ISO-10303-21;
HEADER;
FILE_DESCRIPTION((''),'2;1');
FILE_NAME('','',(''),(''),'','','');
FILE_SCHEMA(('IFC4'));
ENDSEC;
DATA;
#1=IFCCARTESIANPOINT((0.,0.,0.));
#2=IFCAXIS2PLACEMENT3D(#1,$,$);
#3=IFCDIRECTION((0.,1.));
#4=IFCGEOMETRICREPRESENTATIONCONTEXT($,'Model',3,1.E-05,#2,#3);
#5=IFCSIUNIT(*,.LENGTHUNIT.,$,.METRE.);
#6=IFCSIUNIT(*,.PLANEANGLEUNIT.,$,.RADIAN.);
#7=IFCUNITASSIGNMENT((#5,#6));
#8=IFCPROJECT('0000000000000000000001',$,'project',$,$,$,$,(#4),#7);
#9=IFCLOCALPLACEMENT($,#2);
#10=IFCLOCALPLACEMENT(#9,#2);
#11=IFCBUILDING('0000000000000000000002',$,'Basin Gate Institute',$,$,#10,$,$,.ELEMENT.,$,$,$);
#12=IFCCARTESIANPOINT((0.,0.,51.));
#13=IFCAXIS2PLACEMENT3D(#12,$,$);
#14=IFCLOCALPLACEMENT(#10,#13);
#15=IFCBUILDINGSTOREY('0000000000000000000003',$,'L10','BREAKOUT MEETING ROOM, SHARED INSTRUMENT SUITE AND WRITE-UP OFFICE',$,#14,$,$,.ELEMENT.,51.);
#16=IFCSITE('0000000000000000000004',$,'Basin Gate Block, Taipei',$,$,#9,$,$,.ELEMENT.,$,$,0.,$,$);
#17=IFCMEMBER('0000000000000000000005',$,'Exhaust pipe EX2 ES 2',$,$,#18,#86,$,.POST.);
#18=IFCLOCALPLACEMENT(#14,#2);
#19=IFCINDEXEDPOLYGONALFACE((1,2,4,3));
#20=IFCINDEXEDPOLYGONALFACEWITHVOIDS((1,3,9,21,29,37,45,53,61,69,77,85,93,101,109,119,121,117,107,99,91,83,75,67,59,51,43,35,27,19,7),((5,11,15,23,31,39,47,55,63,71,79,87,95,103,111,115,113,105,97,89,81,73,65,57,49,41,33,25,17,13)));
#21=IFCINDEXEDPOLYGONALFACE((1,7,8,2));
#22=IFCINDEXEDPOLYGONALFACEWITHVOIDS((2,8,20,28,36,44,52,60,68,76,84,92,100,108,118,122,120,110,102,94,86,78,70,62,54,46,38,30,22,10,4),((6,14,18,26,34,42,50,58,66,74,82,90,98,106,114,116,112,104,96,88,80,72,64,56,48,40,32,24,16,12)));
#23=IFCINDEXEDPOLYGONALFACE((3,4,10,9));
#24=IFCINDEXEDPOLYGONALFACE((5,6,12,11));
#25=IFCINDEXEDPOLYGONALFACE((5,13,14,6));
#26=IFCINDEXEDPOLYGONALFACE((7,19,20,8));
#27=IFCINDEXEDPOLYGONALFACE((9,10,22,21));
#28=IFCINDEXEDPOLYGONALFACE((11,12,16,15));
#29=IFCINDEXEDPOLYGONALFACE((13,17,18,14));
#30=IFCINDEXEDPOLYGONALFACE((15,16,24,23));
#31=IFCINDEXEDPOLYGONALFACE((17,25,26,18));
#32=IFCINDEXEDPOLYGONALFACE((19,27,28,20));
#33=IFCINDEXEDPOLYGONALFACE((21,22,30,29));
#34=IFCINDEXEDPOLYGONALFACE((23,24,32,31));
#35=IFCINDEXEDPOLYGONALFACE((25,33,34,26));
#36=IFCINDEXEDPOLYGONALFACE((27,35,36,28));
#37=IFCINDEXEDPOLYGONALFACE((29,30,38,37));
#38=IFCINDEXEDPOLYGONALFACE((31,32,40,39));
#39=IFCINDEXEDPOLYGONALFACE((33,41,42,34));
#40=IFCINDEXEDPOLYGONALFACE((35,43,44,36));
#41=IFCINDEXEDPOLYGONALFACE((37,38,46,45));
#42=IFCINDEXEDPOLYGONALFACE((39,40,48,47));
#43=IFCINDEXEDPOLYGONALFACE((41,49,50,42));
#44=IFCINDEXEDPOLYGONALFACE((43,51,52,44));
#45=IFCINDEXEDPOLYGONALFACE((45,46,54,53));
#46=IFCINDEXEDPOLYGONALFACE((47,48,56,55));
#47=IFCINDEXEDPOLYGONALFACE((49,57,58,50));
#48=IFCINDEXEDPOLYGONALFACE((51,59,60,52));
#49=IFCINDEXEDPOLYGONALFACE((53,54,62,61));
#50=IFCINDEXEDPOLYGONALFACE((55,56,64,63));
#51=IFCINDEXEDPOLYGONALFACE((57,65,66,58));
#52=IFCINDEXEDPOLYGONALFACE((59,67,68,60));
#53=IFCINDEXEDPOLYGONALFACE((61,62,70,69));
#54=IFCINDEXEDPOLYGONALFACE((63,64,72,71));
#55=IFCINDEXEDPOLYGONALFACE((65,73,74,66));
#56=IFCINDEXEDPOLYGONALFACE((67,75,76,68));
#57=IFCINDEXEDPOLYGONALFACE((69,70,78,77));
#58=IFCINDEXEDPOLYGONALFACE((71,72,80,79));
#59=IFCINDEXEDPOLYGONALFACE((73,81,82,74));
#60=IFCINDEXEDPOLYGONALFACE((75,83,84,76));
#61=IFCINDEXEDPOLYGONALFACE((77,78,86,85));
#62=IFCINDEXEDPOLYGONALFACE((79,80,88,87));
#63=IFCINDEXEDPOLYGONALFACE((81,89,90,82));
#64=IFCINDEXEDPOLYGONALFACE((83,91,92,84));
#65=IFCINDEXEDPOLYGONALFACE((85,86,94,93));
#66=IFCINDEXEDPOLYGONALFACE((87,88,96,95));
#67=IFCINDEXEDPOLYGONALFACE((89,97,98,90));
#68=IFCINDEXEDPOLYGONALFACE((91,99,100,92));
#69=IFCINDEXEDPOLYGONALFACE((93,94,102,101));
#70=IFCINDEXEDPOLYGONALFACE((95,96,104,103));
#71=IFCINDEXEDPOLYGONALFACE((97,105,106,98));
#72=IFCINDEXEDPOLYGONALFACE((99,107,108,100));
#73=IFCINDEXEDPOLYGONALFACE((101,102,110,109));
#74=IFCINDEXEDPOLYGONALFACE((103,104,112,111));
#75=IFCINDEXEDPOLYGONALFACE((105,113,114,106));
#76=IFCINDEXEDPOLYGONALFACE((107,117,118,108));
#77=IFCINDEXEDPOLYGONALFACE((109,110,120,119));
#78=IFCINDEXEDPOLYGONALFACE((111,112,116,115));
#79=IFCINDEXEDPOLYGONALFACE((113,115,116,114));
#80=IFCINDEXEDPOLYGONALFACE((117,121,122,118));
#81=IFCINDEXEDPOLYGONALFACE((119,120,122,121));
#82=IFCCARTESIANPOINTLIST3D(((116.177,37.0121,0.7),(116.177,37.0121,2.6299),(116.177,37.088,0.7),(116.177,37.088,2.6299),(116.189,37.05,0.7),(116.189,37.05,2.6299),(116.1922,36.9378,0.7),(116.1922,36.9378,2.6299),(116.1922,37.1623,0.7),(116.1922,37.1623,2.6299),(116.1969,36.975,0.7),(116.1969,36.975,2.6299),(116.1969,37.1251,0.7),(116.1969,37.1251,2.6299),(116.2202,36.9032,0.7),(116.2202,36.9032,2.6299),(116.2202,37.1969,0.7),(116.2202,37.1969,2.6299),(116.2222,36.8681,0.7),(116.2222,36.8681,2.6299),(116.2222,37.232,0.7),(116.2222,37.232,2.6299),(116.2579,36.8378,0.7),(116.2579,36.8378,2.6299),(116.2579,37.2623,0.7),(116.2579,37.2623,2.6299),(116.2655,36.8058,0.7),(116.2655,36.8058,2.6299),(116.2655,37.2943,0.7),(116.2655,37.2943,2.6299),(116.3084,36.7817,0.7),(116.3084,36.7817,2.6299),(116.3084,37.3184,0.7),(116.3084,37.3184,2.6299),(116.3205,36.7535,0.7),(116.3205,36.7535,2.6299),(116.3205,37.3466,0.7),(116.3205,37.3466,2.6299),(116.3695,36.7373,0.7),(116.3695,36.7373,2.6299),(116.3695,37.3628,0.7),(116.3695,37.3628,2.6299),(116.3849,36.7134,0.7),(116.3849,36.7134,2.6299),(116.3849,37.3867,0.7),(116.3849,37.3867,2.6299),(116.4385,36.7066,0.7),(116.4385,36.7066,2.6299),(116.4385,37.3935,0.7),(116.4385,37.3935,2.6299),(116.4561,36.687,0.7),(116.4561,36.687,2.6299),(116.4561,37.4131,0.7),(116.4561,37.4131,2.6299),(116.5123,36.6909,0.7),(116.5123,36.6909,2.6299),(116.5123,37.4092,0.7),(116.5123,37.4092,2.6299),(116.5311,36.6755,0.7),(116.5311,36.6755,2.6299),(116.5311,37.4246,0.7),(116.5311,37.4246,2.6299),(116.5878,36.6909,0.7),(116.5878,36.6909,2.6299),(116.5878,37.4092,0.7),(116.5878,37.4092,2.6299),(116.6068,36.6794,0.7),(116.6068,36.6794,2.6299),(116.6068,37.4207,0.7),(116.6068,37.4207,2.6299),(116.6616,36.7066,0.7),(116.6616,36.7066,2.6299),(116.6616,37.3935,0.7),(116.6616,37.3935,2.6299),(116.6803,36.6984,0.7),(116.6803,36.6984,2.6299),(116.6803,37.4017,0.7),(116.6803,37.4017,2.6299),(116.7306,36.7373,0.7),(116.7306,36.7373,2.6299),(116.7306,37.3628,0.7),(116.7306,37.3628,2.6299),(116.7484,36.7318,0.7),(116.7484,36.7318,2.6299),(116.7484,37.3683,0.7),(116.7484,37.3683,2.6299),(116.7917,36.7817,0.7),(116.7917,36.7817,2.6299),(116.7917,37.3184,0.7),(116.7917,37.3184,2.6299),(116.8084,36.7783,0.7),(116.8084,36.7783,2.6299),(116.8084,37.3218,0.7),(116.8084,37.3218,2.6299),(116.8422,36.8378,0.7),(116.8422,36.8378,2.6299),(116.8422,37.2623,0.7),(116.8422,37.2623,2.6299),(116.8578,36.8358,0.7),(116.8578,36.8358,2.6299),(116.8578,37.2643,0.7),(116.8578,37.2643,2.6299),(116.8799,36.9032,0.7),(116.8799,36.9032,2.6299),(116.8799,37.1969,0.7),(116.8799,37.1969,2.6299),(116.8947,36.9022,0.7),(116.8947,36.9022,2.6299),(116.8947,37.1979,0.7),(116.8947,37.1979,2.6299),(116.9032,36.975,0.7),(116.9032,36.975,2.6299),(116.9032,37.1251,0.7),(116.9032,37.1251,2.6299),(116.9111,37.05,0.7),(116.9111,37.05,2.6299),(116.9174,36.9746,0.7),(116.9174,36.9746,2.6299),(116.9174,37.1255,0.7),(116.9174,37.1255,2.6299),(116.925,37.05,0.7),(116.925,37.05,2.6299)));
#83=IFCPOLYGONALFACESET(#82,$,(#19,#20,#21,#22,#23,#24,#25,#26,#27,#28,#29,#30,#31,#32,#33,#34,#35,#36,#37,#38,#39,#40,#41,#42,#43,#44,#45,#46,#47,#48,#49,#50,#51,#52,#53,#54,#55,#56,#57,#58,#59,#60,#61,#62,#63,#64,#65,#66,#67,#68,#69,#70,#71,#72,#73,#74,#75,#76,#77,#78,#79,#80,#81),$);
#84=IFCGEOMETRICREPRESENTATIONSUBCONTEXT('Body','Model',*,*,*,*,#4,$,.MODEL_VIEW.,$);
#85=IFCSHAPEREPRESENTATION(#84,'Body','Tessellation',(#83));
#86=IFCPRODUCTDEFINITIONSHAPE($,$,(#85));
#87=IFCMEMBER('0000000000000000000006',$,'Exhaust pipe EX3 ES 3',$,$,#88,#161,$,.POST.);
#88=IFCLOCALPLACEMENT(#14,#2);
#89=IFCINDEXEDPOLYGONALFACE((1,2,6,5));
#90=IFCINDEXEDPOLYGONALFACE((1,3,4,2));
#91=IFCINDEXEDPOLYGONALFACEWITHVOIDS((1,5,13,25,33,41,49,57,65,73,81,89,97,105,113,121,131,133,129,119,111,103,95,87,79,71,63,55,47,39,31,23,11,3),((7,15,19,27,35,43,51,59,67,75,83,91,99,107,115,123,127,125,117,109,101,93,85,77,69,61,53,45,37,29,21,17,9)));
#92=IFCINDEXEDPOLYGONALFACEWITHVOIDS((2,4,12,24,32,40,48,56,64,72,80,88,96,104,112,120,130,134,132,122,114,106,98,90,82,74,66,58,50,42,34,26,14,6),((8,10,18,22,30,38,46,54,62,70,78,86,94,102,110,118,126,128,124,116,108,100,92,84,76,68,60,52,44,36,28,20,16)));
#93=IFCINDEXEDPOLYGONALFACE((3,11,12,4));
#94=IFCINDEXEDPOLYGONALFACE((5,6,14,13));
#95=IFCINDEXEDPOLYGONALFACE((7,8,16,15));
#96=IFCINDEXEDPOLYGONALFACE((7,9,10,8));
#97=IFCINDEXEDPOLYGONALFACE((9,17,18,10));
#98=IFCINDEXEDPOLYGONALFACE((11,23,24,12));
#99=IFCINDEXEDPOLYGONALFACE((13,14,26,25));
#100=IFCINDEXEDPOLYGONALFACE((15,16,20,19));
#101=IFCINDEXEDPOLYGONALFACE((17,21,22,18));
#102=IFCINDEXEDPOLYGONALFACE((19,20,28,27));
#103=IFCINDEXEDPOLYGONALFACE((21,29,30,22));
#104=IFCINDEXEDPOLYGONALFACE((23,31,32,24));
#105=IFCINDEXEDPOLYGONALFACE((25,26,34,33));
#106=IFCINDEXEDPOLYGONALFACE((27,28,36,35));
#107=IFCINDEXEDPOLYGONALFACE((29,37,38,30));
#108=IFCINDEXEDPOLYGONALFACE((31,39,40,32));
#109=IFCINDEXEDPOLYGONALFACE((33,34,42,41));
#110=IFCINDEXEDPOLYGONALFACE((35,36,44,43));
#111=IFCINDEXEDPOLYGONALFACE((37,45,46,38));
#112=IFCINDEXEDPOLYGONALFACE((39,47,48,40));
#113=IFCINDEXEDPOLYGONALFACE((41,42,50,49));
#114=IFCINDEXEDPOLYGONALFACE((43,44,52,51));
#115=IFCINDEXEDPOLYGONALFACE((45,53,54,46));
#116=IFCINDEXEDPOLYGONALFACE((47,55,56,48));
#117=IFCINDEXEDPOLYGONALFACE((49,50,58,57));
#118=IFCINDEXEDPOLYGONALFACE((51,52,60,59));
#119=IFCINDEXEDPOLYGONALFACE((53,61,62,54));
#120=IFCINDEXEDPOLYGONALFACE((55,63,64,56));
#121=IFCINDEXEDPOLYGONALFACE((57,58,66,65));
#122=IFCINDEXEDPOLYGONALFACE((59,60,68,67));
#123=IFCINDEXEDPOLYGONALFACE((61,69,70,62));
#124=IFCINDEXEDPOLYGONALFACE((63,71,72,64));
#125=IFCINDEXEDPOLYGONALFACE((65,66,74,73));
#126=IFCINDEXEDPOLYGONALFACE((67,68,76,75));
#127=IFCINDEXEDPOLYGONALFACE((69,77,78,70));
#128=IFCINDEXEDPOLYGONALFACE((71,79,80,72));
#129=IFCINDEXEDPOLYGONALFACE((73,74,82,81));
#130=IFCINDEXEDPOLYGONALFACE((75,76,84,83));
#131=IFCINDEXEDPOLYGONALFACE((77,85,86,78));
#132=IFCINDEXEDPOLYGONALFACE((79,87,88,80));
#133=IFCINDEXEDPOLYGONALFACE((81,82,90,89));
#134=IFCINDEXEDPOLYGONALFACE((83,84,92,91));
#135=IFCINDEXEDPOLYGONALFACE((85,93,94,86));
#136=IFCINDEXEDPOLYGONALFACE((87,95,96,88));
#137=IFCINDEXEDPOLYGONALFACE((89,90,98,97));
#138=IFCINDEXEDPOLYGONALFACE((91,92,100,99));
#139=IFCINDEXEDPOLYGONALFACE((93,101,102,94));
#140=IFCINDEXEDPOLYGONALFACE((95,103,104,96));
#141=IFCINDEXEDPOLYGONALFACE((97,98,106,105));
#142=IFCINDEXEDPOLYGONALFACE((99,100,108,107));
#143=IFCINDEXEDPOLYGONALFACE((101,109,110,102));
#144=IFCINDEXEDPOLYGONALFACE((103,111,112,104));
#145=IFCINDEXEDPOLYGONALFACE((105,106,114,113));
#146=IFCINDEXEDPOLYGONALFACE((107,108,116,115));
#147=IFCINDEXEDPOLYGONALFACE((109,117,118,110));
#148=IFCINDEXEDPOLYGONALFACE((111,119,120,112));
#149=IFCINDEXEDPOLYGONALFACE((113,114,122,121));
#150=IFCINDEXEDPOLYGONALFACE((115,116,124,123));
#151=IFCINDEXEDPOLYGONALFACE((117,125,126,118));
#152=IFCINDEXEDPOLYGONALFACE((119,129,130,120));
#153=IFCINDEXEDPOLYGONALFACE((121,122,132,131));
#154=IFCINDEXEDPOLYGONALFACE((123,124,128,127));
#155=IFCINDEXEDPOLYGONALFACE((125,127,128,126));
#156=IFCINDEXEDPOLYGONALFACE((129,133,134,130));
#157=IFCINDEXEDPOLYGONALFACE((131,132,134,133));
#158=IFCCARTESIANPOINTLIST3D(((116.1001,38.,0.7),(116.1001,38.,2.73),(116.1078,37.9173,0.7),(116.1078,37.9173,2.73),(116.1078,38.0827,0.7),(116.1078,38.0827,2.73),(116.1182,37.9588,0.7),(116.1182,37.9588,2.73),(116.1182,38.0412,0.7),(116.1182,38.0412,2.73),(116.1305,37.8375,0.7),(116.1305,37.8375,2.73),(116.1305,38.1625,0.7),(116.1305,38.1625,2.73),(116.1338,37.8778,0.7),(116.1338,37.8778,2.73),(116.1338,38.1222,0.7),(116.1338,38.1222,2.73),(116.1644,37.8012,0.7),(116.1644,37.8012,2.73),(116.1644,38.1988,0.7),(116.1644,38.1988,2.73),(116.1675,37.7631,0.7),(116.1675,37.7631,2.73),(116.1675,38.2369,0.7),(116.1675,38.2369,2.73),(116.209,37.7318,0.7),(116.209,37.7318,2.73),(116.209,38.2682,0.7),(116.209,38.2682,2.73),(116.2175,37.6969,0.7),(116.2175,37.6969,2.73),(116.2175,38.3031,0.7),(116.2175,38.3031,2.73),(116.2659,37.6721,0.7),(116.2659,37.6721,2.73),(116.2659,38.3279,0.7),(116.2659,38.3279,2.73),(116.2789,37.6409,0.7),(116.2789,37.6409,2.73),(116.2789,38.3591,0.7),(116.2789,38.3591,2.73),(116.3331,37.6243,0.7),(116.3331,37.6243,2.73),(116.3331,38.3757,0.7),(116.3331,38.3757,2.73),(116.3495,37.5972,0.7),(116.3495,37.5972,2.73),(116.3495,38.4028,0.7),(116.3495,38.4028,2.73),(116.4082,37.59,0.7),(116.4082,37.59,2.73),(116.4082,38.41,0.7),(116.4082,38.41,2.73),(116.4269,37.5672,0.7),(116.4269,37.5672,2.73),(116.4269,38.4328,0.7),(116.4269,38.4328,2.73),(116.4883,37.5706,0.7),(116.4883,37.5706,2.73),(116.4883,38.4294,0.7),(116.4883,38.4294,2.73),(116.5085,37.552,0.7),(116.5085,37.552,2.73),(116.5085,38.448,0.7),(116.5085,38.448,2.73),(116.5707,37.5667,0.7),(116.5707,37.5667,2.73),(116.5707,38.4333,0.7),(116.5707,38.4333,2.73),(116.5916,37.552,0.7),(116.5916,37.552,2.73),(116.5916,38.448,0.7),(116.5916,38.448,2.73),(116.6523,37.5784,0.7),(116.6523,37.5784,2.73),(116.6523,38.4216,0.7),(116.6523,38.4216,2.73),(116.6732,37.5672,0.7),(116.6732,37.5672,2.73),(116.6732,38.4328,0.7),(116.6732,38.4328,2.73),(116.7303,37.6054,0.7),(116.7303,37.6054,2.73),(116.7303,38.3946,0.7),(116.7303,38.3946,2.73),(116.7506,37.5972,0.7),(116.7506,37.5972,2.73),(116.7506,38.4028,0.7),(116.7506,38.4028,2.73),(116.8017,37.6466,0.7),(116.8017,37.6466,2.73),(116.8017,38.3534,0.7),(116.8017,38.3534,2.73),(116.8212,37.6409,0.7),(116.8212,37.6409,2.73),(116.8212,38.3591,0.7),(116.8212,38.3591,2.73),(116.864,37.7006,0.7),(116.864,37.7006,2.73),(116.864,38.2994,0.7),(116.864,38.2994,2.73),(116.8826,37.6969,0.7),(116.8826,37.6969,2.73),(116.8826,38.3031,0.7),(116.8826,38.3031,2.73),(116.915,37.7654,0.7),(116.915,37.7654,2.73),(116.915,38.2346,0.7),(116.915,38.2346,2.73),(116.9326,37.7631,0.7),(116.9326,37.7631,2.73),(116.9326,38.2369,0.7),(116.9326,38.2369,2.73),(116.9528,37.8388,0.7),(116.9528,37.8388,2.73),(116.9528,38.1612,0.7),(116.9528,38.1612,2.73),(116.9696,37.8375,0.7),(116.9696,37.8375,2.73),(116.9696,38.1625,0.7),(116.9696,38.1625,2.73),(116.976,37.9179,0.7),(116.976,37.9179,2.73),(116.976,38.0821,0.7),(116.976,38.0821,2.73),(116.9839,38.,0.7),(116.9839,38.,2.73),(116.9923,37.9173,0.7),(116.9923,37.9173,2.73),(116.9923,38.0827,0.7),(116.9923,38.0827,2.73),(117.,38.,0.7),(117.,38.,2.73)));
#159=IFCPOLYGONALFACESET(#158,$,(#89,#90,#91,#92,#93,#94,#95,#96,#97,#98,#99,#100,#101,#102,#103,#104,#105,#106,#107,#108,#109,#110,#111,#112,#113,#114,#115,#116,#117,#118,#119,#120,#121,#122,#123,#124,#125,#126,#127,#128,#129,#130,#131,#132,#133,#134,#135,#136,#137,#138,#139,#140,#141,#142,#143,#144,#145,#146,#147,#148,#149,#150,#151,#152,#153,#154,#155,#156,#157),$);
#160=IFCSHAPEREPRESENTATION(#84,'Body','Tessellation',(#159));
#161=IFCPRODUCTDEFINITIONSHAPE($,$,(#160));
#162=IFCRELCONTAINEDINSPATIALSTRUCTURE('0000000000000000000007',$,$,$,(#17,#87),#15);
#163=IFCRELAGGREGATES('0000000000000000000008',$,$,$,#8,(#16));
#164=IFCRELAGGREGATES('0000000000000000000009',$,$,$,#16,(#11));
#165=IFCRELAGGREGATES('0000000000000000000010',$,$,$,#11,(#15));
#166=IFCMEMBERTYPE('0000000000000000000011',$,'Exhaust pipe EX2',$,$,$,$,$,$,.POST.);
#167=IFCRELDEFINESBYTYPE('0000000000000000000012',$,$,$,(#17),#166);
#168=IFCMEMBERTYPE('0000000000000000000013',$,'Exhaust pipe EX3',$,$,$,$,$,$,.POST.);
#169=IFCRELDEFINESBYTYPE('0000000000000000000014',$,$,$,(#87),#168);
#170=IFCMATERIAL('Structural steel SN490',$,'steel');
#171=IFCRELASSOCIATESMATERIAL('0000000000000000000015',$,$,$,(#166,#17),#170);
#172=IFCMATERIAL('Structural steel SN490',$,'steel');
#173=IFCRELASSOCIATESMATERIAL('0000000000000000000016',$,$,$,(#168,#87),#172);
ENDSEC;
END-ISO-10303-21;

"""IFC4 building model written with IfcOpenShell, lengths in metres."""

from ifc_helpers import new_model, si_unit, direction, frame, origin, origin_2d, place, context, subcontext, project, spatial, hollow_circle, extrude, material, material_profile, profile_set, type_object, element, save


model = new_model("IFC4")

# Units and contexts
model_context = context("Model", 3, precision=1e-05, world=origin(), true_north=direction((0.0, 1.0)))
body_context = subcontext(model_context, "Body", "Model", "MODEL_VIEW")
ifc_project = project(units=[si_unit("LENGTHUNIT", "METRE"), si_unit("PLANEANGLEUNIT", "RADIAN")], contexts=[model_context])

# Site, building, storey
site_placement = place(None, origin())
site = spatial("IfcSite", under=ifc_project, at=site_placement, Name="Basin Gate Block, Taipei", CompositionType="ELEMENT", RefElevation=0.0)
building_placement = place(site_placement, origin())
building = spatial("IfcBuilding", under=site, at=building_placement, Name="Basin Gate Institute", CompositionType="ELEMENT")
storey_placement = place(building_placement, frame((0.0, 0.0, 51.0)))
storey = spatial("IfcBuildingStorey", under=building, at=storey_placement, Name="L10", Description="BREAKOUT MEETING ROOM, SHARED INSTRUMENT SUITE AND WRITE-UP OFFICE", CompositionType="ELEMENT", Elevation=51.0)

# Members
ifc_material_1 = material(Name="Structural steel SN490", Category="steel")
ifc_material_profile_1 = material_profile(ifc_material_1, hollow_circle(Radius=0.375, WallThickness=0.0139, at=origin_2d()), Name="CHS750x14")
ifc_profile_set_1 = profile_set([ifc_material_profile_1], Name="Structural steel SN490")
member_type_1 = type_object("IfcMemberType", Name="Exhaust pipe EX2", PredefinedType="POST", material=ifc_profile_set_1)
member_1_placement = place(storey_placement, frame((116.55, 37.05, 0.7), z_axis=(0.0, 0.0, 1.0), x_axis=(1.0, 0.0, 0.0)))
element("IfcMember", 1, at=member_1_placement, inside=storey, type_object=member_type_1, material=ifc_profile_set_1, Name="Exhaust pipe EX2 ES 2", PredefinedType="POST", context=body_context, shape_type="SweptSolid", body=[
    extrude(hollow_circle(Radius=0.375, WallThickness=0.0139, at=origin_2d()), origin(), (0.0, 0.0, 1.0), 1.9299),
])
ifc_material_2 = material(Name="Structural steel SN490", Category="steel")
ifc_material_profile_2 = material_profile(ifc_material_2, hollow_circle(Radius=0.45, WallThickness=0.0161, at=origin_2d()), Name="CHS900x16")
ifc_profile_set_2 = profile_set([ifc_material_profile_2], Name="Structural steel SN490")
member_type_2 = type_object("IfcMemberType", Name="Exhaust pipe EX3", PredefinedType="POST", material=ifc_profile_set_2)
member_2_placement = place(storey_placement, frame((116.55, 38.0, 0.7), z_axis=(0.0, 0.0, 1.0), x_axis=(1.0, 0.0, 0.0)))
element("IfcMember", 2, at=member_2_placement, inside=storey, type_object=member_type_2, material=ifc_profile_set_2, Name="Exhaust pipe EX3 ES 3", PredefinedType="POST", context=body_context, shape_type="SweptSolid", body=[
    extrude(hollow_circle(Radius=0.45, WallThickness=0.0161, at=origin_2d()), origin(), (0.0, 0.0, 1.0), 2.03),
])

save(model, "model.ifc")
